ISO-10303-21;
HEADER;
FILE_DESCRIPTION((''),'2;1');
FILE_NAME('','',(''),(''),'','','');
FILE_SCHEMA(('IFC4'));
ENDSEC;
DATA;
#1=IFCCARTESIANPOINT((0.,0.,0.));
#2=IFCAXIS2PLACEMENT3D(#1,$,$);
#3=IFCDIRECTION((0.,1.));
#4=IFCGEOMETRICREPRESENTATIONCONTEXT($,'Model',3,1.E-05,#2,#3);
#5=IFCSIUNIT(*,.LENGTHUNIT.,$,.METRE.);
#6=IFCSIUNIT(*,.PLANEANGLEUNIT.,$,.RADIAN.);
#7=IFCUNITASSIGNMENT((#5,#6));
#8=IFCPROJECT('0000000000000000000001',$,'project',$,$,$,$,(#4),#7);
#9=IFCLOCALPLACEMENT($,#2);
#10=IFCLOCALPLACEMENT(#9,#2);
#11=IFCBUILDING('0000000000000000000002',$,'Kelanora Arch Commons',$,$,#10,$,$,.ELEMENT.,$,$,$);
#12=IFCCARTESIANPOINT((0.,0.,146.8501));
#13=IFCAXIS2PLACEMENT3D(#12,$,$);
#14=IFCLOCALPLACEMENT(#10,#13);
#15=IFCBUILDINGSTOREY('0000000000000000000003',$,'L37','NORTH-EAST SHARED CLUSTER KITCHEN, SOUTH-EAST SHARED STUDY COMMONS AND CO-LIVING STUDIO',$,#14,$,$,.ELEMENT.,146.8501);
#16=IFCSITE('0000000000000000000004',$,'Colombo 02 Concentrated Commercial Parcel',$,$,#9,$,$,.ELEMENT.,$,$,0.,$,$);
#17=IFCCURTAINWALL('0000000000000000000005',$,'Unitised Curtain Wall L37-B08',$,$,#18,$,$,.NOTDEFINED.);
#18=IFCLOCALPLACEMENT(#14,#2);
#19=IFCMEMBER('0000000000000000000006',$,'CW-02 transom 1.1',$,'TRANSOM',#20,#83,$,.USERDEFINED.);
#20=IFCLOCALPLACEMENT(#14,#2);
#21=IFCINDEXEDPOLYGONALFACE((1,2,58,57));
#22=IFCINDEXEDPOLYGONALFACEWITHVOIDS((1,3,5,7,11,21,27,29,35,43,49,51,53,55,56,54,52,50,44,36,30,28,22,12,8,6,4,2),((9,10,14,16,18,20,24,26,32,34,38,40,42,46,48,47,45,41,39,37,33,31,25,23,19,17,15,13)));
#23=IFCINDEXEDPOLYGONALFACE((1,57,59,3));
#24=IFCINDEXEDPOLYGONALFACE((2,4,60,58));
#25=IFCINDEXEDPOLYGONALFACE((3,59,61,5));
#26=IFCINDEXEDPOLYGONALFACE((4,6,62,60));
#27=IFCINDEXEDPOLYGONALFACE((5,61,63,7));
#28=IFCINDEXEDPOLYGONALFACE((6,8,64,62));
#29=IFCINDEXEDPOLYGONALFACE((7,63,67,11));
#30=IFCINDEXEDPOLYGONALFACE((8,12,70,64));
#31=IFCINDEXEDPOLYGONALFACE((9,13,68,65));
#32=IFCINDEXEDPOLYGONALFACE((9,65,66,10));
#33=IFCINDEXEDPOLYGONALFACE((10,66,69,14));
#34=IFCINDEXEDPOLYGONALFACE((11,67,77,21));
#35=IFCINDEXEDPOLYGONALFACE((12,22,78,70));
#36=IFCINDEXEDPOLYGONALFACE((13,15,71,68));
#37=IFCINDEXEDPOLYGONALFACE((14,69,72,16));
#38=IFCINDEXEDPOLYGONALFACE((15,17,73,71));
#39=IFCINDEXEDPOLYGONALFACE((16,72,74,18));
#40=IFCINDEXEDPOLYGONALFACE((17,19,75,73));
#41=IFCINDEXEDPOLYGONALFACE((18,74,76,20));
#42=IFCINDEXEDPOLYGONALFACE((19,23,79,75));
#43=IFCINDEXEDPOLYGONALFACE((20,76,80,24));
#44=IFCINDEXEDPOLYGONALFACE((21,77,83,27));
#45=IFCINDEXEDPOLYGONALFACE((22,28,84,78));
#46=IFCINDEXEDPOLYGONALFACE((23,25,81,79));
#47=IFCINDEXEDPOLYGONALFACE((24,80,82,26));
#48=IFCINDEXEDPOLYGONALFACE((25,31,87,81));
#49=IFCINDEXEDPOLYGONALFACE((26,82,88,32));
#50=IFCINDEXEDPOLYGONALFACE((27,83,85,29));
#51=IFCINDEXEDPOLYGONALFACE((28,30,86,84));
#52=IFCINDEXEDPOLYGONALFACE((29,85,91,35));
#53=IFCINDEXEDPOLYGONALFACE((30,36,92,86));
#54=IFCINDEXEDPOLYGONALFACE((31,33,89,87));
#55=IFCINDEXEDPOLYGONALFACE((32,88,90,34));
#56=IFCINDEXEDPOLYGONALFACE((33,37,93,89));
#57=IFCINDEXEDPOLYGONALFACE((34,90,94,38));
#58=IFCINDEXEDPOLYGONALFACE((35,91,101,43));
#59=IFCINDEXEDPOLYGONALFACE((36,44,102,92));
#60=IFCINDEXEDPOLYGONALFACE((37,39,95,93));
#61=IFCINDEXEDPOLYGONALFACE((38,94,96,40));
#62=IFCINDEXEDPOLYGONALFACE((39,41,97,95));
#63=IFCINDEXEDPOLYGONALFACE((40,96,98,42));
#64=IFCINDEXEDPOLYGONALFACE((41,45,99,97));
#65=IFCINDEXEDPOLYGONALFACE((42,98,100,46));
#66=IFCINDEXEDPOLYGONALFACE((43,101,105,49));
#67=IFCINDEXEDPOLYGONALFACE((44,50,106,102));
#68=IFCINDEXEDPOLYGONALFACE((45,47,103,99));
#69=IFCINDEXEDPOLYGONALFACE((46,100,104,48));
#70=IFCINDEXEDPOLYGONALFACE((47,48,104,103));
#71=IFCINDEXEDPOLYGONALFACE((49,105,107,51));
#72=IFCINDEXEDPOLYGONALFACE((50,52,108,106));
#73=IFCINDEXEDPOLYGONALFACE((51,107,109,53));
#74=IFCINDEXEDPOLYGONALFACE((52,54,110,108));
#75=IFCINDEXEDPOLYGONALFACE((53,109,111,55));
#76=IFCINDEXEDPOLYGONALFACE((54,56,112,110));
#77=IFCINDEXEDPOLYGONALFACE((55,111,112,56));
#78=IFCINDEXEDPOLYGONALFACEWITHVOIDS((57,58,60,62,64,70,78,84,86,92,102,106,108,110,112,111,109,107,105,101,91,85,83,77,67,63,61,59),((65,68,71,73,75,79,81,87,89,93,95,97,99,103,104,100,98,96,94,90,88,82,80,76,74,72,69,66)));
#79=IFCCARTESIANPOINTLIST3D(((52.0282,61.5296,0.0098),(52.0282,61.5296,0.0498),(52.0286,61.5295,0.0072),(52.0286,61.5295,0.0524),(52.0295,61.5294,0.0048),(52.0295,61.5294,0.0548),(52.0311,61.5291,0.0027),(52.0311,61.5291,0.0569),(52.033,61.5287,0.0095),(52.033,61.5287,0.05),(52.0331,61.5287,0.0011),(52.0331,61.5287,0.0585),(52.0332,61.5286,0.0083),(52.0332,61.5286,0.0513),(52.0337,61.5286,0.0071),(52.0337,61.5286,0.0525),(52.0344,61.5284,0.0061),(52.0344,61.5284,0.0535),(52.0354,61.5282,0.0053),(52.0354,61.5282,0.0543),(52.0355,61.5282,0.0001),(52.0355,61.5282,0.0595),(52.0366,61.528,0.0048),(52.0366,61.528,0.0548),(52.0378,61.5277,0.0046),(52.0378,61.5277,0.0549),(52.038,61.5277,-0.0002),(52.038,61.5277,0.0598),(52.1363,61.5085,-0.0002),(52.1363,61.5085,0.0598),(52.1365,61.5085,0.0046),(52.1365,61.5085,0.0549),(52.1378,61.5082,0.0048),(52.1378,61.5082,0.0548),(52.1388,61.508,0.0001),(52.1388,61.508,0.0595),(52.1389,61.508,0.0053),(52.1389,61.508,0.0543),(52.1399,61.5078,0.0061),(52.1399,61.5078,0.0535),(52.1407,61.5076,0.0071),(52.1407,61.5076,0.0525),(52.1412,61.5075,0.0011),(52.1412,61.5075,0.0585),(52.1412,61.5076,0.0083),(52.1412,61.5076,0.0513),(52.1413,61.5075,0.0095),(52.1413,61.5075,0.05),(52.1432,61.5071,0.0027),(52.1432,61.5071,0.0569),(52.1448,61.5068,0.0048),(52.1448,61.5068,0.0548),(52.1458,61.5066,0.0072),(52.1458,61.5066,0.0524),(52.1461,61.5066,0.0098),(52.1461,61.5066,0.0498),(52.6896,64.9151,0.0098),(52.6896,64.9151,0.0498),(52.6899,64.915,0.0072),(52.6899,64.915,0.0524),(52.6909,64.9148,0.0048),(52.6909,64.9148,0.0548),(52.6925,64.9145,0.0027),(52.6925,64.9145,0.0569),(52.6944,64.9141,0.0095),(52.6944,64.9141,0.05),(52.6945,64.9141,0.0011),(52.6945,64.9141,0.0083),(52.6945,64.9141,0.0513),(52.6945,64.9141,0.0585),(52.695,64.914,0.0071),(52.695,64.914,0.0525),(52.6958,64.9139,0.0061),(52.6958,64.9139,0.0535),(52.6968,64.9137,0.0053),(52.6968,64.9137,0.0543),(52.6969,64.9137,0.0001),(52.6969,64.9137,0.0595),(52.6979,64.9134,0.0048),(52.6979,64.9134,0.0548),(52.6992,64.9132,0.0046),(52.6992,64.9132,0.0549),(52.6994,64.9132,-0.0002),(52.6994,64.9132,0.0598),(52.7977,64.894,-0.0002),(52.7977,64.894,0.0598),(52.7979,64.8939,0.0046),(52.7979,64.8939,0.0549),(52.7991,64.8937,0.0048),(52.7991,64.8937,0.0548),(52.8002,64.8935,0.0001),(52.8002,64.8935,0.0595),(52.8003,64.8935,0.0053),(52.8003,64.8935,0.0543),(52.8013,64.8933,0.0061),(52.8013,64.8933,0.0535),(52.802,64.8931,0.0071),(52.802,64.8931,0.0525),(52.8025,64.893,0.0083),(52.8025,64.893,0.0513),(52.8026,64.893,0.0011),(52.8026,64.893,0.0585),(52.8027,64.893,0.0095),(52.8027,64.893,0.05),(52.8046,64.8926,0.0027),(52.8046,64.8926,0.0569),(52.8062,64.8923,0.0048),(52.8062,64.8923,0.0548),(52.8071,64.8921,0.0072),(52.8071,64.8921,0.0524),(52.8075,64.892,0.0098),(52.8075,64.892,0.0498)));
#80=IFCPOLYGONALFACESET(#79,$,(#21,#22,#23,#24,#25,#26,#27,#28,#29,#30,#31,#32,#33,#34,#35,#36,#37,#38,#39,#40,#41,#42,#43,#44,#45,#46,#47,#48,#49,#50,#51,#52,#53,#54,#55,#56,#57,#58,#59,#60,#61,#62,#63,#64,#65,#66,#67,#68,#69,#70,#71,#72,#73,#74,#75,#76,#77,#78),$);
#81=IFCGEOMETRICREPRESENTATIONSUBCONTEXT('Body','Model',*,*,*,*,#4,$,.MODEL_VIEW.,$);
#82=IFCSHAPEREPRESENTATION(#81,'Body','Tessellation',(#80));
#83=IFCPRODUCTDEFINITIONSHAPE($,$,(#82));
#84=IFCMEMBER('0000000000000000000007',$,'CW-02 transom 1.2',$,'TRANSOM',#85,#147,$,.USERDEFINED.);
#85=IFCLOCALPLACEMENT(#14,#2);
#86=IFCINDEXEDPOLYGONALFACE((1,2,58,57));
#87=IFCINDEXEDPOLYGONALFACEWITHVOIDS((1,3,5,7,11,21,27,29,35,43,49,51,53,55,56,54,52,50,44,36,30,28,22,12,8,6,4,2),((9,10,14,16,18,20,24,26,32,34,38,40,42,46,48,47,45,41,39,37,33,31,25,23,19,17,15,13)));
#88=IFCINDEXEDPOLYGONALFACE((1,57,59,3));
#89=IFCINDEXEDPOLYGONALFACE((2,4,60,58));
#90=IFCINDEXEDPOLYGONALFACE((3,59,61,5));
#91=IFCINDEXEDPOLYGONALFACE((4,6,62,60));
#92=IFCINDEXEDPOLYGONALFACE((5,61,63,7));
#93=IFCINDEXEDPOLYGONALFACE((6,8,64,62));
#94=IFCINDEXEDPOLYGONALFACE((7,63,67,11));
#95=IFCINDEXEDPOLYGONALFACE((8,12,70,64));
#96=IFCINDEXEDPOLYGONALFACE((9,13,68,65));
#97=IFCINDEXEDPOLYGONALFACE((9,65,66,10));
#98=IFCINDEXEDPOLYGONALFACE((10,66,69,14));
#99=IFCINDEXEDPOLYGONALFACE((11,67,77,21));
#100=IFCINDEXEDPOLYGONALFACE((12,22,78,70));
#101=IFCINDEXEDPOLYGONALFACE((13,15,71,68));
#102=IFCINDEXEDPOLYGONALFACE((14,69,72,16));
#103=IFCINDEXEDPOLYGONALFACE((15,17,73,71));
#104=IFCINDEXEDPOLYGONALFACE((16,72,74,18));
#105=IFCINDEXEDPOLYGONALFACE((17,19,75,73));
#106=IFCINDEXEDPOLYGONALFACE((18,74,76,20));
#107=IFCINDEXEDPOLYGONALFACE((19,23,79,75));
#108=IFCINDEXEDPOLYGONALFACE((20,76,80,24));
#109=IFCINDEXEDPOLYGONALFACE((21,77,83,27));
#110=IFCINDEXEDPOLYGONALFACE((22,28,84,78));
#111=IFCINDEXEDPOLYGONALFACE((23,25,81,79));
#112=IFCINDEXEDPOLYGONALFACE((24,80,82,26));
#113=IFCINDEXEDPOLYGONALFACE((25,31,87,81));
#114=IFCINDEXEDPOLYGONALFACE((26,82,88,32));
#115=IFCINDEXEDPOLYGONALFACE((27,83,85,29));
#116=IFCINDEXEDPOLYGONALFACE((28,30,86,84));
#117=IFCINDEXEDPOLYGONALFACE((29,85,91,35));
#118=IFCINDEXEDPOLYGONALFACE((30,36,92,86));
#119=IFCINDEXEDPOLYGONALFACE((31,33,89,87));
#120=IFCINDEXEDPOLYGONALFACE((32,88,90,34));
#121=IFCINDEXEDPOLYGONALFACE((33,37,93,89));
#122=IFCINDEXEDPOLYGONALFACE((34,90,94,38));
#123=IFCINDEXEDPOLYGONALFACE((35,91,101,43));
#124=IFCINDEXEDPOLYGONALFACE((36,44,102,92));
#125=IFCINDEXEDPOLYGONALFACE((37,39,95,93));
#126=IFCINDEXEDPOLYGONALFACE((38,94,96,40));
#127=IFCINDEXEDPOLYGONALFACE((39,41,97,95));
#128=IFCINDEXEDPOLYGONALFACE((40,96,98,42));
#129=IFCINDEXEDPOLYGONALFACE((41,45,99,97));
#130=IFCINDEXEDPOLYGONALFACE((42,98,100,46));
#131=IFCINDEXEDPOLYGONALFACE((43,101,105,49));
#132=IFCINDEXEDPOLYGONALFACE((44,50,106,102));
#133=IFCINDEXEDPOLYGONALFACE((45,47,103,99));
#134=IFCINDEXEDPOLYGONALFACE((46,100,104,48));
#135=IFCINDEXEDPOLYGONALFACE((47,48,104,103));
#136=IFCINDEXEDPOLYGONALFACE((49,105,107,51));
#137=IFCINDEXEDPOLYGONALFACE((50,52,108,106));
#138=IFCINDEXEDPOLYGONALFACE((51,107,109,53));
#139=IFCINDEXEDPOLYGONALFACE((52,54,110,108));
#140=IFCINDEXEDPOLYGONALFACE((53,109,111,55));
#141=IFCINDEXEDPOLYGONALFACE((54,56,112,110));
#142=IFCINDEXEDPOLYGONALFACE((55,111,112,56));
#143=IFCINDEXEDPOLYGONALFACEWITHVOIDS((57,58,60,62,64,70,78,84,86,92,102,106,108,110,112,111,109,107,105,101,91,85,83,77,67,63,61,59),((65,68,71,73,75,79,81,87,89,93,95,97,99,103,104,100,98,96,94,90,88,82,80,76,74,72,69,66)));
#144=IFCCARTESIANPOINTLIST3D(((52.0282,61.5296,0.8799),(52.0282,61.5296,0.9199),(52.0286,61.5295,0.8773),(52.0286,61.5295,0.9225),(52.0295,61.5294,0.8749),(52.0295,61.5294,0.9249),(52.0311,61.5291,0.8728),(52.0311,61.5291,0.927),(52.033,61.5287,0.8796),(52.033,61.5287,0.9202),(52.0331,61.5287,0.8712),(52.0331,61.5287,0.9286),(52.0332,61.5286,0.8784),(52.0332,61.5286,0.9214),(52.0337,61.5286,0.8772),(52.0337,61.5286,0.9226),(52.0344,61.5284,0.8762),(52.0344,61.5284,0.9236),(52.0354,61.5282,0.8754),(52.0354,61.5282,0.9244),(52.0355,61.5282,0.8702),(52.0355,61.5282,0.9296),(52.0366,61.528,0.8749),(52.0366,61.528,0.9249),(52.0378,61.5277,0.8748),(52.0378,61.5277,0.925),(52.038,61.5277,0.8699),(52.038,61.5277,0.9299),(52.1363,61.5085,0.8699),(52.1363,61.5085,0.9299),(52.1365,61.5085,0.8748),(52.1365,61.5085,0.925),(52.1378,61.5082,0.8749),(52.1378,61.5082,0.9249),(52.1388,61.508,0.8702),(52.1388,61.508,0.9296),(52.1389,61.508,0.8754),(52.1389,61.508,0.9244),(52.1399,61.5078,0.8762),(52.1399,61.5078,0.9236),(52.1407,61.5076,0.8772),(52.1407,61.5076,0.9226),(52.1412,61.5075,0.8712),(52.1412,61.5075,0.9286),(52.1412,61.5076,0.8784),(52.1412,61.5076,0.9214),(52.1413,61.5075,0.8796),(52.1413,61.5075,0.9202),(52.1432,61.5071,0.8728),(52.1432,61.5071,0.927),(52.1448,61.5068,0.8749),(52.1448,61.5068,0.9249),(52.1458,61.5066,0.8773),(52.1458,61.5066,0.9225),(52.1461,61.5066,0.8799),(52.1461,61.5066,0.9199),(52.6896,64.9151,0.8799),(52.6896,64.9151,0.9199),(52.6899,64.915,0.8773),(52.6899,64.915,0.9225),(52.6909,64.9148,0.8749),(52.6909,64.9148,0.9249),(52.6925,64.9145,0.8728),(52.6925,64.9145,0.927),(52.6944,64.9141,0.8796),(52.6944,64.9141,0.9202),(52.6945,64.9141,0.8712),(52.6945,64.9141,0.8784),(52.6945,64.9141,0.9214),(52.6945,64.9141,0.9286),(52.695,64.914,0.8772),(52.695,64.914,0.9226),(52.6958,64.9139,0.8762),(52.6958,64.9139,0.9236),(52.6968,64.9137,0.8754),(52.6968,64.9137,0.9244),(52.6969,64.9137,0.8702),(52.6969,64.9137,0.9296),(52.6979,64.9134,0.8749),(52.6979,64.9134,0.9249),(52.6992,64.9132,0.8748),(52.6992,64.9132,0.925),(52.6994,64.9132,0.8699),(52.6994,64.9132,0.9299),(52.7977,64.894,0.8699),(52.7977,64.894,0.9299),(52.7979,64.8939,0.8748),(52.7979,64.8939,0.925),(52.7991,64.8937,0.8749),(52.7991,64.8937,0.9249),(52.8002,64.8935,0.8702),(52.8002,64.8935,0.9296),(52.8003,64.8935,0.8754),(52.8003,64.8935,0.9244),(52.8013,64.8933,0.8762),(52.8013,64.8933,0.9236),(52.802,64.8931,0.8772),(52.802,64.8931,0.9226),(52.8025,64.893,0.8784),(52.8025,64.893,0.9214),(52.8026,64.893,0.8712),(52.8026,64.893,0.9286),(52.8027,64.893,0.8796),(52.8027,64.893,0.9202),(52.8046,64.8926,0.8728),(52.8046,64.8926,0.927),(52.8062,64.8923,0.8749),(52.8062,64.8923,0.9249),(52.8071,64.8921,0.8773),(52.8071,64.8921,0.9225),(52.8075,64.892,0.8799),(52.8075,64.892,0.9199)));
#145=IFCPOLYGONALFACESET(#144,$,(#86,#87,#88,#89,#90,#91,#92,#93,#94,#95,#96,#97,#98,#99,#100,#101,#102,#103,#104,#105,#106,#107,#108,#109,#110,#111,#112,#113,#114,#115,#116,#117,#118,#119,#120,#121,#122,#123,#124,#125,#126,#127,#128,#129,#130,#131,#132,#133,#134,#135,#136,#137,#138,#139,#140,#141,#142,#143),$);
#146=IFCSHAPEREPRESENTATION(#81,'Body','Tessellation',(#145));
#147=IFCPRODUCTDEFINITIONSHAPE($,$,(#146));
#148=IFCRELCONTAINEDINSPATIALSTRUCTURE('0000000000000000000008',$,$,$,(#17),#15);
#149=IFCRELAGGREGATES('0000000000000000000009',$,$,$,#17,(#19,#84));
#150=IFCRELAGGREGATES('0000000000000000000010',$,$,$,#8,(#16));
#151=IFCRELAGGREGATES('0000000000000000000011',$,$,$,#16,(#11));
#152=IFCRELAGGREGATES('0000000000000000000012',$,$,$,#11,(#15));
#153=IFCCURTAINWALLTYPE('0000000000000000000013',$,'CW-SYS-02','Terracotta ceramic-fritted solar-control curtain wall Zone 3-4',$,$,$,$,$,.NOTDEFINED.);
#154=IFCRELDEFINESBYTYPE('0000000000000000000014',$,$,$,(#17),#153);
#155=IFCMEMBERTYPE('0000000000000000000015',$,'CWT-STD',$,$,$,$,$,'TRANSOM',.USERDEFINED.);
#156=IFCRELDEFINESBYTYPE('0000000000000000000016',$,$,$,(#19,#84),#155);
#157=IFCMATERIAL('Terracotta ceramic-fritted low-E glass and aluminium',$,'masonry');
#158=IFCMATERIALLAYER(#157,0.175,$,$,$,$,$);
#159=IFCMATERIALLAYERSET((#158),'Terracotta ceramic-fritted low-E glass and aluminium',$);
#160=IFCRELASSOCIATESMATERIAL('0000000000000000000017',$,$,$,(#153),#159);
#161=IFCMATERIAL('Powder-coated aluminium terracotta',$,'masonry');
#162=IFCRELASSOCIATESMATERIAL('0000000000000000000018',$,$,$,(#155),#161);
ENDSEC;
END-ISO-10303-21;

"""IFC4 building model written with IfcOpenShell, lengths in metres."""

from ifc_helpers import new_model, si_unit, direction, frame, origin, origin_2d, place, context, subcontext, project, spatial, hollow_rectangle, extrude, material, layer, layer_set, material_profile, profile_set, type_object, element, aggregate, save


model = new_model("IFC4")

# Units and contexts
model_context = context("Model", 3, precision=1e-05, world=origin(), true_north=direction((0.0, 1.0)))
body_context = subcontext(model_context, "Body", "Model", "MODEL_VIEW")
ifc_project = project(units=[si_unit("LENGTHUNIT", "METRE"), si_unit("PLANEANGLEUNIT", "RADIAN")], contexts=[model_context])

# Site, building, storey
site_placement = place(None, origin())
site = spatial("IfcSite", under=ifc_project, at=site_placement, Name="Colombo 02 Concentrated Commercial Parcel", CompositionType="ELEMENT", RefElevation=0.0)
building_placement = place(site_placement, origin())
building = spatial("IfcBuilding", under=site, at=building_placement, Name="Kelanora Arch Commons", CompositionType="ELEMENT")
storey_placement = place(building_placement, frame((0.0, 0.0, 146.8501)))
storey = spatial("IfcBuildingStorey", under=building, at=storey_placement, Name="L37", Description="NORTH-EAST SHARED CLUSTER KITCHEN, SOUTH-EAST SHARED STUDY COMMONS AND CO-LIVING STUDIO", CompositionType="ELEMENT", Elevation=146.8501)

# Curtain wall, members
ifc_material_1 = material(Name="Terracotta ceramic-fritted low-E glass and aluminium", Category="masonry")
ifc_layer_1 = layer(ifc_material_1, 0.175)
ifc_layer_set_1 = layer_set([ifc_layer_1], Name="Terracotta ceramic-fritted low-E glass and aluminium")
curtain_wall_type = type_object("IfcCurtainWallType", Name="CW-SYS-02", Description="Terracotta ceramic-fritted solar-control curtain wall Zone 3-4", PredefinedType="NOTDEFINED", material=ifc_layer_set_1)
curtain_wall_placement = place(storey_placement, origin())
curtain_wall = element("IfcCurtainWall", 1, at=curtain_wall_placement, inside=storey, type_object=curtain_wall_type, Name="Unitised Curtain Wall L37-B08", PredefinedType="NOTDEFINED")
ifc_material_2 = material(Name="Powder-coated aluminium terracotta", Category="masonry")
ifc_material_profile_1 = material_profile(ifc_material_2, hollow_rectangle(XDim=0.1201, YDim=0.0601, WallThickness=0.0049, InnerFilletRadius=0.0049, OuterFilletRadius=0.01, at=origin_2d()), Name="CWT120x60")
ifc_profile_set_1 = profile_set([ifc_material_profile_1], Name="Powder-coated aluminium terracotta")
member_type_1 = type_object("IfcMemberType", Name="CWT-STD", ElementType="TRANSOM", PredefinedType="USERDEFINED", material=ifc_profile_set_1)
member_1_placement = place(storey_placement, frame((52.7485, 64.9036, 0.0298), z_axis=(-0.191732, -0.981447, 0.0), x_axis=(0.981447, -0.191732, 0.0)))
member_1 = element("IfcMember", 2, at=member_1_placement, type_object=member_type_1, Name="CW-02 transom 1.1", ObjectType="TRANSOM", PredefinedType="USERDEFINED", context=body_context, shape_type="SweptSolid", body=[
    extrude(hollow_rectangle(XDim=0.1201, YDim=0.0601, WallThickness=0.0049, InnerFilletRadius=0.0049, OuterFilletRadius=0.01, at=origin_2d()), origin(), (0.0, 0.0, 1.0), 3.4495),
])
member_2_placement = place(storey_placement, frame((52.7485, 64.9036, 0.8999), z_axis=(-0.191732, -0.981447, 0.0), x_axis=(0.981447, -0.191732, 0.0)))
member_2 = element("IfcMember", 3, at=member_2_placement, type_object=member_type_1, Name="CW-02 transom 1.2", ObjectType="TRANSOM", PredefinedType="USERDEFINED", context=body_context, shape_type="SweptSolid", body=[
    extrude(hollow_rectangle(XDim=0.1201, YDim=0.0601, WallThickness=0.0049, InnerFilletRadius=0.0049, OuterFilletRadius=0.01, at=origin_2d()), origin(), (0.0, 0.0, 1.0), 3.4495),
])
aggregate(curtain_wall, [member_1, member_2])

save(model, "model.ifc")
